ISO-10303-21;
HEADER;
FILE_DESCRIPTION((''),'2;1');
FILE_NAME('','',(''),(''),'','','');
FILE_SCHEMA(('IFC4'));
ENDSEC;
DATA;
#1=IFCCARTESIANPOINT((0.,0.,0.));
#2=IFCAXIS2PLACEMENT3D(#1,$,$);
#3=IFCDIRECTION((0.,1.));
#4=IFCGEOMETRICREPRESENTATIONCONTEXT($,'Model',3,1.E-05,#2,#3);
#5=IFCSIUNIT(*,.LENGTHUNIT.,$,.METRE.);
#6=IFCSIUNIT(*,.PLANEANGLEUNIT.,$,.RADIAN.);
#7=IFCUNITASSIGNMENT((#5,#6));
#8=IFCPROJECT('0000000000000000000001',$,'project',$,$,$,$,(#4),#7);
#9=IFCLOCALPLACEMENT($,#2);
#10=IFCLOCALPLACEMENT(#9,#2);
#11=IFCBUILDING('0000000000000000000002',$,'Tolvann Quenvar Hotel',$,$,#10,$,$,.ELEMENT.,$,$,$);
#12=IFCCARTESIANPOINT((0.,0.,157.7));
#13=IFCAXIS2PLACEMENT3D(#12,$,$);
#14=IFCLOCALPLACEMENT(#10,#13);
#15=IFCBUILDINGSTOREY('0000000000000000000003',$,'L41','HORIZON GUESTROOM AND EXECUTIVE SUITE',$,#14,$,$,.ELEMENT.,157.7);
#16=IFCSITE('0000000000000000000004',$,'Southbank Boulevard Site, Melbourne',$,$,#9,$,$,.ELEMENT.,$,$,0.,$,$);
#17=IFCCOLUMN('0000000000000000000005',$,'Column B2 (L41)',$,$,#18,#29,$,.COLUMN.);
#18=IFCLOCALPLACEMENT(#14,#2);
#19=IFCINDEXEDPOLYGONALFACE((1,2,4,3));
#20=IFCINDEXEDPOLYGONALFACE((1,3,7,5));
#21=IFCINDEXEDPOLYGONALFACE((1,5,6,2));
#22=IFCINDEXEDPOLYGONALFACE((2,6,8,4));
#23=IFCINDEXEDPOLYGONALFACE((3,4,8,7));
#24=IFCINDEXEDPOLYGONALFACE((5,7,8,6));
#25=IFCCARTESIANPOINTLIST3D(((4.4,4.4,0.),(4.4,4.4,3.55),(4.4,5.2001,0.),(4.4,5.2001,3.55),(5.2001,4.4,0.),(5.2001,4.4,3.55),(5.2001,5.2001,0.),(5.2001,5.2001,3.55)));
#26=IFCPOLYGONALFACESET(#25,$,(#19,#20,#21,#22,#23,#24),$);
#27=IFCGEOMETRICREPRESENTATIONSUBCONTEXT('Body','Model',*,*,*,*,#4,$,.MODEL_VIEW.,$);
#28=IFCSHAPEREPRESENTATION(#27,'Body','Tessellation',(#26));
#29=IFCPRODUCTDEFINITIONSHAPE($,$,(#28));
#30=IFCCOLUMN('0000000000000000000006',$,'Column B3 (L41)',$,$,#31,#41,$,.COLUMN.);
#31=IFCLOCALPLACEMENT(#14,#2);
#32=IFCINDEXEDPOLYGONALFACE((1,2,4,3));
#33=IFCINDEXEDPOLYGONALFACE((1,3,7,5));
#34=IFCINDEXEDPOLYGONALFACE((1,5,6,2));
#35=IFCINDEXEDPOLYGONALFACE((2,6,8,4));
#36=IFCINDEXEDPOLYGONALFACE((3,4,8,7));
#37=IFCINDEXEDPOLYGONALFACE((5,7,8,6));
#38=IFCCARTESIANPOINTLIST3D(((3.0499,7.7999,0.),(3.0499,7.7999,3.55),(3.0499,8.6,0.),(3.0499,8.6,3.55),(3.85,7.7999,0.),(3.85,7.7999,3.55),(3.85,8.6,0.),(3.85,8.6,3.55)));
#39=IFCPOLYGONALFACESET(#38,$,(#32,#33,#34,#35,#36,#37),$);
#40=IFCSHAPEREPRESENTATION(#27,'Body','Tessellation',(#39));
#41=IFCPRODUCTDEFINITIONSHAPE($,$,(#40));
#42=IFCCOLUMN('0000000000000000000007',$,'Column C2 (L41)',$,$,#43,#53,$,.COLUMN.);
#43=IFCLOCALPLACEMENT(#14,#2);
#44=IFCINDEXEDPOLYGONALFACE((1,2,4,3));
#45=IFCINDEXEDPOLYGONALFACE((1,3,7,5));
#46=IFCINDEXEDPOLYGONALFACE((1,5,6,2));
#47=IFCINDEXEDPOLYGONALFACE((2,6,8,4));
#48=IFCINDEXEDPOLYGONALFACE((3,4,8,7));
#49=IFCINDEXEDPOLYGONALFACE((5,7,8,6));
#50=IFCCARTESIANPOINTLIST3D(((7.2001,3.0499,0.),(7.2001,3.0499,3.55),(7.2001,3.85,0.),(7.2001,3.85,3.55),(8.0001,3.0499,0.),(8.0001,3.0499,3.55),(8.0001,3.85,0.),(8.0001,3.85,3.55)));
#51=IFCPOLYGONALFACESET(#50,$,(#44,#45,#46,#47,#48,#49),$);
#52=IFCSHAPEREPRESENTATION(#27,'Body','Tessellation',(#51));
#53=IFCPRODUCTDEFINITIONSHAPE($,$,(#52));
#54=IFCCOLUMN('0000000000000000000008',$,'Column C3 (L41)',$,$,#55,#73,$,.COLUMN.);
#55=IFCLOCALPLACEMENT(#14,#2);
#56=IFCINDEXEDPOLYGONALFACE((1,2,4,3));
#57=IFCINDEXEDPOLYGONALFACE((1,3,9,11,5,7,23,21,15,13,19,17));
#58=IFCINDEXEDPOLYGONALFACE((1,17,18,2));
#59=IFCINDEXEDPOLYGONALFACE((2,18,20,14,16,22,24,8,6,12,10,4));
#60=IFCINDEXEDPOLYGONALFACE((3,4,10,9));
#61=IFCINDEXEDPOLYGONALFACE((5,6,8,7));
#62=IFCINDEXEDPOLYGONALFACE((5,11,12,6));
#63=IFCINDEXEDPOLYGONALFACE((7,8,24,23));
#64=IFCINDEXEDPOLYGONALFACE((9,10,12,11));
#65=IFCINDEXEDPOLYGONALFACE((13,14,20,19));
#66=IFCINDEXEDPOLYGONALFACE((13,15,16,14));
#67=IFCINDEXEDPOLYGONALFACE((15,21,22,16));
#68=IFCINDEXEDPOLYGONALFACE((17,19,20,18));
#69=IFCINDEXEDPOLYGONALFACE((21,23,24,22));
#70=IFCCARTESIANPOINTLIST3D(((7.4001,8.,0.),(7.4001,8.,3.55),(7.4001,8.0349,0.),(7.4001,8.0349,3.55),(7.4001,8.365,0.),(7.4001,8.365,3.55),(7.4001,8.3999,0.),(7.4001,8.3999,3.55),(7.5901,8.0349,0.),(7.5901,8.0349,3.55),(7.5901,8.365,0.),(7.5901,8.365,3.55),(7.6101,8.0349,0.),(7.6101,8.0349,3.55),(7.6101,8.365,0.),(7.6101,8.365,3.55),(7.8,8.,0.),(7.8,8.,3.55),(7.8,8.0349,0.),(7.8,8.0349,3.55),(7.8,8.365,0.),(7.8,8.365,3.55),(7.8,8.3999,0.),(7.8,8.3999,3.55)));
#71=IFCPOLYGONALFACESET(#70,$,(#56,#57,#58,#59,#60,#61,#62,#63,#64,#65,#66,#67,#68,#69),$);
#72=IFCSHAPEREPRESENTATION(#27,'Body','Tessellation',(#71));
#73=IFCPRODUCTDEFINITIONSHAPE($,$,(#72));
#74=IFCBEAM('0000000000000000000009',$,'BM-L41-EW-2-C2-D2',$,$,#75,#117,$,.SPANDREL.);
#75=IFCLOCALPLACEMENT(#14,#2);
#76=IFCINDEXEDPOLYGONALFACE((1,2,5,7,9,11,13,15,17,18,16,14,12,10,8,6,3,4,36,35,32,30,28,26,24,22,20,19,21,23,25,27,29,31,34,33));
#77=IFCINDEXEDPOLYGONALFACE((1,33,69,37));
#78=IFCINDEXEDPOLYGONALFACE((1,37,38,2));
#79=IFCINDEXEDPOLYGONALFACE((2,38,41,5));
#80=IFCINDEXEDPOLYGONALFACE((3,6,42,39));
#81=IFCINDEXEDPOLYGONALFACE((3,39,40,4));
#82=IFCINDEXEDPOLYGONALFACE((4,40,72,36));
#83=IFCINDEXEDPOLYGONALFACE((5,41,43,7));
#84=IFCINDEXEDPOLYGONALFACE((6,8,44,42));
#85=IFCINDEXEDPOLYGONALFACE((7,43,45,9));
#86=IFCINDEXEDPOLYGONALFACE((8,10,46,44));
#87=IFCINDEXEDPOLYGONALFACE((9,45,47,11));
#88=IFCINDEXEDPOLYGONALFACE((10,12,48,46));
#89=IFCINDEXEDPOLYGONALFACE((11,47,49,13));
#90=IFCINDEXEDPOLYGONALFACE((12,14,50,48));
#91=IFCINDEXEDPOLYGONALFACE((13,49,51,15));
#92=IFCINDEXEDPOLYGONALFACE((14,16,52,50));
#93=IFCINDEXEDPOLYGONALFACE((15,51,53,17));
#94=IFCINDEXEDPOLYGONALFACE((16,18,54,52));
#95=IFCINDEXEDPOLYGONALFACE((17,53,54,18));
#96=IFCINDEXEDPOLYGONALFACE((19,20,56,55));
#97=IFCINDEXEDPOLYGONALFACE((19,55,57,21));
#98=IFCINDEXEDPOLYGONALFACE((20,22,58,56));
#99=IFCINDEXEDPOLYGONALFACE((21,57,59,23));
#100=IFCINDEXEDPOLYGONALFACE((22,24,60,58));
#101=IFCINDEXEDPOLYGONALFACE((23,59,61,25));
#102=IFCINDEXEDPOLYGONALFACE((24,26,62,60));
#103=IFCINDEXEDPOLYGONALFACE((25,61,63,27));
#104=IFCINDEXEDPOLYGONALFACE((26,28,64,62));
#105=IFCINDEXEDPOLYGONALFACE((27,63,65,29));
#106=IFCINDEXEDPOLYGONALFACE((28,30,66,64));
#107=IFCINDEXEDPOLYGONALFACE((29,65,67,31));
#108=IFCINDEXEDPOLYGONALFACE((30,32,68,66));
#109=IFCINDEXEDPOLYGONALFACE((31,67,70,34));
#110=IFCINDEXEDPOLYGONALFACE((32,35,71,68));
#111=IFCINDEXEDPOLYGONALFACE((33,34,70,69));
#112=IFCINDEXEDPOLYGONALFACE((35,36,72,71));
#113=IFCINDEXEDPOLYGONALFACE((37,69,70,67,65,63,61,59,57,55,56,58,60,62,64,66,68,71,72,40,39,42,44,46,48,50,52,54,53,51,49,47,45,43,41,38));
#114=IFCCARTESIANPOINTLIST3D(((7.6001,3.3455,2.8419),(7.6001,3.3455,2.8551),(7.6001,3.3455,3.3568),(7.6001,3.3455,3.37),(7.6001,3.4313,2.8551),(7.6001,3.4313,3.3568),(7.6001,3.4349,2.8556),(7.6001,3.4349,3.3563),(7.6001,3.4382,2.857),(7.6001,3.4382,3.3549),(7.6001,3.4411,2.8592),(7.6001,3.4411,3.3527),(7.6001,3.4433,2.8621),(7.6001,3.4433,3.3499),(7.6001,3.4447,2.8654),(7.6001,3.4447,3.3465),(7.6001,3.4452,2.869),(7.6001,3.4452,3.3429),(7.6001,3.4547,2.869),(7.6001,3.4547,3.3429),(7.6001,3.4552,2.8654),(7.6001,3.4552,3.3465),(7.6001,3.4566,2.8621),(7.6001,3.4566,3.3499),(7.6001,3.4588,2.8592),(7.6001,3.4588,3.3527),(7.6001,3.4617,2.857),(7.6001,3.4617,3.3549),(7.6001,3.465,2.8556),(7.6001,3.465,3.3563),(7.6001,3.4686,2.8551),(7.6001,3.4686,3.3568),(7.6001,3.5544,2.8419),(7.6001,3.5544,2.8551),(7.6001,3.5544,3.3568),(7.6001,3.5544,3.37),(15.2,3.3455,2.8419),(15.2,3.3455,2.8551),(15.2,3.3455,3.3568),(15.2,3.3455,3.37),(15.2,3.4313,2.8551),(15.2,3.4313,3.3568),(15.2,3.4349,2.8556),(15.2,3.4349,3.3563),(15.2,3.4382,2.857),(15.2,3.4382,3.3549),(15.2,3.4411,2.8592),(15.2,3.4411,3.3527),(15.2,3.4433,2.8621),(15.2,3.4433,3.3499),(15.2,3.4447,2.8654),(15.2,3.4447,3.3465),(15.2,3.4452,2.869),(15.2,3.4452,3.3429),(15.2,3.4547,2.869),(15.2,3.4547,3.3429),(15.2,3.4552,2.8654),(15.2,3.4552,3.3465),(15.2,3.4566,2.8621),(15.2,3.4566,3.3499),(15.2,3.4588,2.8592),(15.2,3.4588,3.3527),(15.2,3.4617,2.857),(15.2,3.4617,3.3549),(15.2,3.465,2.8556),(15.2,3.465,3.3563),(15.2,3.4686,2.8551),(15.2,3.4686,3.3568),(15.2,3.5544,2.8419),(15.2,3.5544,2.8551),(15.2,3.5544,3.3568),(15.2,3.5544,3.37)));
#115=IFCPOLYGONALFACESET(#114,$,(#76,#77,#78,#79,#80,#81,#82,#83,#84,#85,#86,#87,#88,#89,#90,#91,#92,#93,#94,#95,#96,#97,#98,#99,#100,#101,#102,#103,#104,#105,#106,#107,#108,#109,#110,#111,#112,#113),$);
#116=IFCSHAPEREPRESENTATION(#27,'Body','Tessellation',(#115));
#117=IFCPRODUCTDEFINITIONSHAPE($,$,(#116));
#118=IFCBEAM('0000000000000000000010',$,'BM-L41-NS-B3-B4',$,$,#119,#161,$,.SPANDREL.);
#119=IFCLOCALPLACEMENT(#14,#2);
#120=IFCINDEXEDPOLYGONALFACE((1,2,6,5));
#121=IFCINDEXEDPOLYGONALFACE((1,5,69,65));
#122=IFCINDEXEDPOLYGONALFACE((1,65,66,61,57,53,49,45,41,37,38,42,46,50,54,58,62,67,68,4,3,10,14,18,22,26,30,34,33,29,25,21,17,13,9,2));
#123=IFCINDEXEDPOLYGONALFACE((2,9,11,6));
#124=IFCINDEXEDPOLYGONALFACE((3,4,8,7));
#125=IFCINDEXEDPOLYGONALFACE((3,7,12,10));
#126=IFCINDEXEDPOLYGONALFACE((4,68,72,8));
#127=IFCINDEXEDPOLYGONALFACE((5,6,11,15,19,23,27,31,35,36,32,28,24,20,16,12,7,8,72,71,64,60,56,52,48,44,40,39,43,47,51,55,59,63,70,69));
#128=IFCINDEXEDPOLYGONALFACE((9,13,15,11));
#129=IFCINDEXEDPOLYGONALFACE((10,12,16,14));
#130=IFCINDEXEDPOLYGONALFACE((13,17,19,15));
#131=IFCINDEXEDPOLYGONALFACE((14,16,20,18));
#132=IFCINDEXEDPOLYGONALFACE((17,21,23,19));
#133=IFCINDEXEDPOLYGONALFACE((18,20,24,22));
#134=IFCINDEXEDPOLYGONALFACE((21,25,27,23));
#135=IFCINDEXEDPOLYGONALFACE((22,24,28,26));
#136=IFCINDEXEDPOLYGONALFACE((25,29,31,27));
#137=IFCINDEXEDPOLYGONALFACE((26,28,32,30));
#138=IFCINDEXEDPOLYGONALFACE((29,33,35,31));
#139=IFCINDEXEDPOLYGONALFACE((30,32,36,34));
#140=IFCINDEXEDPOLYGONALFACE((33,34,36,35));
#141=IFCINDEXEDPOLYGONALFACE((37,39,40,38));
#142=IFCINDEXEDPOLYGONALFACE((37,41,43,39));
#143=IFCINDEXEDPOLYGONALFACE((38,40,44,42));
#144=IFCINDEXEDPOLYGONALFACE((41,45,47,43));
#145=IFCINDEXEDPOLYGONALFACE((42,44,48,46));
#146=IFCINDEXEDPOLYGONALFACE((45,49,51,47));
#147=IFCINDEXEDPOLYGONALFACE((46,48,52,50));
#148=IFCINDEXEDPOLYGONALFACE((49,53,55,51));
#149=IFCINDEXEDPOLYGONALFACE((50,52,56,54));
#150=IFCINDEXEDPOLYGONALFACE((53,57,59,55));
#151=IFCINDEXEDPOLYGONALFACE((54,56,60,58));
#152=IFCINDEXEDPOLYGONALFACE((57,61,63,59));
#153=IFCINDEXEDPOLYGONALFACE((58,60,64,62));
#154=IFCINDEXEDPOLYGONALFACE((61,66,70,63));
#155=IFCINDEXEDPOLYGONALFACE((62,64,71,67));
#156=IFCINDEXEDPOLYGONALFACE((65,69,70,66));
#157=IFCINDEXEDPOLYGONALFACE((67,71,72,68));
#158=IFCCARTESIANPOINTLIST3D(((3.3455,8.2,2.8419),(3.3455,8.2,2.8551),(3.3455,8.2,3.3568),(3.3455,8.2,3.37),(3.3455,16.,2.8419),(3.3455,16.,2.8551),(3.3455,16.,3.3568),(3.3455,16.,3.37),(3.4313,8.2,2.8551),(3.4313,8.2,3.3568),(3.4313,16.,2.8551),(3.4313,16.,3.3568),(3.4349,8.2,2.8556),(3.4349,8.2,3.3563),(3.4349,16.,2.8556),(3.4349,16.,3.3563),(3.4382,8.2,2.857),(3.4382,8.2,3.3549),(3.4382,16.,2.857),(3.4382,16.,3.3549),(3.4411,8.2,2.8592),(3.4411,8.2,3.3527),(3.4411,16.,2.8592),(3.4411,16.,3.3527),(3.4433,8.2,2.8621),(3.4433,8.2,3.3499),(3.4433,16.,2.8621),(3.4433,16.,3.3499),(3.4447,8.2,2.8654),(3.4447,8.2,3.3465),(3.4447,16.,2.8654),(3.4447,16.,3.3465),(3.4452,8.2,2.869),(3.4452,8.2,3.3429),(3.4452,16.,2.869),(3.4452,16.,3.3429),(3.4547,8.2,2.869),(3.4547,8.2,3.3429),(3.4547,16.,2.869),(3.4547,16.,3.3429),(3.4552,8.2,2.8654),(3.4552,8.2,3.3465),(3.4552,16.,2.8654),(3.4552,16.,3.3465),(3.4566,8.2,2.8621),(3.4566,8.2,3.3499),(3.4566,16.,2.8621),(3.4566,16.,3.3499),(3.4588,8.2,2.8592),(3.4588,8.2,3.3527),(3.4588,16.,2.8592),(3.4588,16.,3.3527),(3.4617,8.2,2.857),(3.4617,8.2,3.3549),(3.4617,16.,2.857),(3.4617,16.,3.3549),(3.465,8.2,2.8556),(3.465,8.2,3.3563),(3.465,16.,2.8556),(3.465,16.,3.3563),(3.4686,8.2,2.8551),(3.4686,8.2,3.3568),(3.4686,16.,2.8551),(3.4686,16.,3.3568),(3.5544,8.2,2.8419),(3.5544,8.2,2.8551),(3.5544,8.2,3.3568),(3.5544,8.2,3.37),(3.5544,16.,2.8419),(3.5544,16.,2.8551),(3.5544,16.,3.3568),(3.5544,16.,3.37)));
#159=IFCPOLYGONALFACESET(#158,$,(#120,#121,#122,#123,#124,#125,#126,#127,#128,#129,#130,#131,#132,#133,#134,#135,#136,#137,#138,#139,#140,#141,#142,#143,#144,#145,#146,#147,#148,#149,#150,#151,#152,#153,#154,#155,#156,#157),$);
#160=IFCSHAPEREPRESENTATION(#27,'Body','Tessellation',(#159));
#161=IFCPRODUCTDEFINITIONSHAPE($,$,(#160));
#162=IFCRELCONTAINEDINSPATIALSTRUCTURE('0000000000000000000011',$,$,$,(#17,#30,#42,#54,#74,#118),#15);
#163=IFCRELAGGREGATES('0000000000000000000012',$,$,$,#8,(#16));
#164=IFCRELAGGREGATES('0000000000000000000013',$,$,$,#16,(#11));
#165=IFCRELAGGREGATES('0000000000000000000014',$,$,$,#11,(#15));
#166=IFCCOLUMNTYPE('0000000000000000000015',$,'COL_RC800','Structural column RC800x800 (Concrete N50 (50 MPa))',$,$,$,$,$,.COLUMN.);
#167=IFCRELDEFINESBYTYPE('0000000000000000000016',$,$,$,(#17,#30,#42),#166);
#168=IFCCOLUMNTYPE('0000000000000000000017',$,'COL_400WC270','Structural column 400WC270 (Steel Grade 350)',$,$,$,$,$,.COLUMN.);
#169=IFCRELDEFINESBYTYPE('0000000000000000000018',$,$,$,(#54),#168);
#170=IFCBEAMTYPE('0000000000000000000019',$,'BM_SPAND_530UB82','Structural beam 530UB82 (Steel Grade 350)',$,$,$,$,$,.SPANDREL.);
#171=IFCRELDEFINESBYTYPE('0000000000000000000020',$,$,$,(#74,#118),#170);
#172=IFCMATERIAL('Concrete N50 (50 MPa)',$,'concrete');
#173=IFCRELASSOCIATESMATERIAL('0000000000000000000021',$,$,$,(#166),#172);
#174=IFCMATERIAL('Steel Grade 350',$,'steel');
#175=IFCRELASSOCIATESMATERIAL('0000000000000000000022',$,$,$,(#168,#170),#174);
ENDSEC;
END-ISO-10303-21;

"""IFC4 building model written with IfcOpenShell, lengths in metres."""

from ifc_helpers import new_model, si_unit, direction, frame, origin, origin_2d, place, context, subcontext, project, spatial, rectangle, i_section, extrude, source, transform, mapped, material, material_profile, profile_set, type_object, type_shapes, element, save


model = new_model("IFC4")

# Units and contexts
model_context = context("Model", 3, precision=1e-05, world=origin(), true_north=direction((0.0, 1.0)))
body_context = subcontext(model_context, "Body", "Model", "MODEL_VIEW")
ifc_project = project(units=[si_unit("LENGTHUNIT", "METRE"), si_unit("PLANEANGLEUNIT", "RADIAN")], contexts=[model_context])

# Site, building, storey
site_placement = place(None, origin())
site = spatial("IfcSite", under=ifc_project, at=site_placement, Name="Southbank Boulevard Site, Melbourne", CompositionType="ELEMENT", RefElevation=0.0)
building_placement = place(site_placement, origin())
building = spatial("IfcBuilding", under=site, at=building_placement, Name="Tolvann Quenvar Hotel", CompositionType="ELEMENT")
storey_placement = place(building_placement, frame((0.0, 0.0, 157.7)))
storey = spatial("IfcBuildingStorey", under=building, at=storey_placement, Name="L41", Description="HORIZON GUESTROOM AND EXECUTIVE SUITE", CompositionType="ELEMENT", Elevation=157.7)

# Columns
ifc_material_1 = material(Name="Concrete N50 (50 MPa)", Category="concrete")
ifc_material_profile_1 = material_profile(ifc_material_1, rectangle(XDim=0.8, YDim=0.8, at=origin_2d()), Name="RC800x800")
ifc_profile_set_1 = profile_set([ifc_material_profile_1], Name="Concrete N50 (50 MPa)")
column_type_1 = type_object("IfcColumnType", Name="COL_RC800", Description="Structural column RC800x800 (Concrete N50 (50 MPa))", PredefinedType="COLUMN", material=ifc_profile_set_1)
shared_shape_1 = source(origin(), body_context, "Body", "SweptSolid", [
    extrude(rectangle(XDim=0.8, YDim=0.8, at=origin_2d()), origin(), (0.0, 0.0, 1.0), 3.55),
])
type_shapes(column_type_1, [shared_shape_1])
for number, where, z_axis, x_axis, name in (
    (1, (4.8, 4.8, 0.0), (0.0, 0.0, 1.0), (1.0, 0.0, 0.0), "Column B2 (L41)"),
    (2, (3.45, 8.2, 0.0), (0.0, 0.0, 1.0), (1.0, 0.0, 0.0), "Column B3 (L41)"),
    (3, (7.6001, 3.45, 0.0), (0.0, 0.0, 1.0), (1.0, 0.0, 0.0), "Column C2 (L41)"),
):
    element("IfcColumn", number, at=place(storey_placement, frame(where, z_axis=z_axis, x_axis=x_axis)), inside=storey, type_object=column_type_1, Name=name, PredefinedType="COLUMN", context=body_context, shape_type="MappedRepresentation", body=[
        mapped(shared_shape_1, transform((0.0, 0.0, 0.0), x_axis=(1.0, 0.0, 0.0), y_axis=(0.0, 1.0, 0.0), z_axis=(0.0, 0.0, 1.0), scale=1.0)),
    ])
ifc_material_2 = material(Name="Steel Grade 350", Category="steel")
ifc_material_profile_2 = material_profile(ifc_material_2, i_section(OverallWidth=0.3999, OverallDepth=0.3999, WebThickness=0.02, FlangeThickness=0.0349, at=origin_2d()), Name="400WC270")
ifc_profile_set_2 = profile_set([ifc_material_profile_2], Name="Steel Grade 350")
column_type_2 = type_object("IfcColumnType", Name="COL_400WC270", Description="Structural column 400WC270 (Steel Grade 350)", PredefinedType="COLUMN", material=ifc_profile_set_2)
shared_shape_2 = source(origin(), body_context, "Body", "SweptSolid", [
    extrude(i_section(OverallWidth=0.3999, OverallDepth=0.3999, WebThickness=0.02, FlangeThickness=0.0349, at=origin_2d()), origin(), (0.0, 0.0, 1.0), 3.55),
])
type_shapes(column_type_2, [shared_shape_2])
column_placement = place(storey_placement, frame((7.6001, 8.2, 0.0), z_axis=(0.0, 0.0, 1.0), x_axis=(1.0, 0.0, 0.0)))
element("IfcColumn", 4, at=column_placement, inside=storey, type_object=column_type_2, Name="Column C3 (L41)", PredefinedType="COLUMN", context=body_context, shape_type="MappedRepresentation", body=[
    mapped(shared_shape_2, transform((0.0, 0.0, 0.0), x_axis=(1.0, 0.0, 0.0), y_axis=(0.0, 1.0, 0.0), z_axis=(0.0, 0.0, 1.0), scale=1.0)),
])

# Beams
ifc_material_profile_3 = material_profile(ifc_material_2, i_section(OverallWidth=0.209, OverallDepth=0.5281, WebThickness=0.0095, FlangeThickness=0.0132, FilletRadius=0.0139, at=origin_2d()), Name="530UB82")
ifc_profile_set_3 = profile_set([ifc_material_profile_3], Name="Steel Grade 350")
beam_type_1 = type_object("IfcBeamType", Name="BM_SPAND_530UB82", Description="Structural beam 530UB82 (Steel Grade 350)", PredefinedType="SPANDREL", material=ifc_profile_set_3)
shared_shape_3 = source(origin(), body_context, "Body", "SweptSolid", [
    extrude(i_section(OverallWidth=0.209, OverallDepth=0.5281, WebThickness=0.0095, FlangeThickness=0.0132, FilletRadius=0.0139, at=origin_2d()), origin(), (0.0, 0.0, 1.0), 7.5999),
])
beam_1_placement = place(storey_placement, frame((7.6001, 3.45, 3.106), z_axis=(1.0, 0.0, 0.0), x_axis=(0.0, 1.0, 0.0)))
element("IfcBeam", 5, at=beam_1_placement, inside=storey, type_object=beam_type_1, Name="BM-L41-EW-2-C2-D2", PredefinedType="SPANDREL", context=body_context, shape_type="MappedRepresentation", body=[
    mapped(shared_shape_3, transform((0.0, 0.0, 0.0), x_axis=(1.0, 0.0, 0.0), y_axis=(0.0, 1.0, 0.0), z_axis=(0.0, 0.0, 1.0), scale=1.0)),
])
shared_shape_4 = source(origin(), body_context, "Body", "SweptSolid", [
    extrude(i_section(OverallWidth=0.209, OverallDepth=0.5281, WebThickness=0.0095, FlangeThickness=0.0132, FilletRadius=0.0139, at=origin_2d()), origin(), (0.0, 0.0, 1.0), 7.8),
])
beam_2_placement = place(storey_placement, frame((3.45, 8.2, 3.106), z_axis=(0.0, 1.0, 0.0), x_axis=(-1.0, 0.0, 0.0)))
element("IfcBeam", 6, at=beam_2_placement, inside=storey, type_object=beam_type_1, Name="BM-L41-NS-B3-B4", PredefinedType="SPANDREL", context=body_context, shape_type="MappedRepresentation", body=[
    mapped(shared_shape_4, transform((0.0, 0.0, 0.0), x_axis=(1.0, 0.0, 0.0), y_axis=(0.0, 1.0, 0.0), z_axis=(0.0, 0.0, 1.0), scale=1.0)),
])

save(model, "model.ifc")
